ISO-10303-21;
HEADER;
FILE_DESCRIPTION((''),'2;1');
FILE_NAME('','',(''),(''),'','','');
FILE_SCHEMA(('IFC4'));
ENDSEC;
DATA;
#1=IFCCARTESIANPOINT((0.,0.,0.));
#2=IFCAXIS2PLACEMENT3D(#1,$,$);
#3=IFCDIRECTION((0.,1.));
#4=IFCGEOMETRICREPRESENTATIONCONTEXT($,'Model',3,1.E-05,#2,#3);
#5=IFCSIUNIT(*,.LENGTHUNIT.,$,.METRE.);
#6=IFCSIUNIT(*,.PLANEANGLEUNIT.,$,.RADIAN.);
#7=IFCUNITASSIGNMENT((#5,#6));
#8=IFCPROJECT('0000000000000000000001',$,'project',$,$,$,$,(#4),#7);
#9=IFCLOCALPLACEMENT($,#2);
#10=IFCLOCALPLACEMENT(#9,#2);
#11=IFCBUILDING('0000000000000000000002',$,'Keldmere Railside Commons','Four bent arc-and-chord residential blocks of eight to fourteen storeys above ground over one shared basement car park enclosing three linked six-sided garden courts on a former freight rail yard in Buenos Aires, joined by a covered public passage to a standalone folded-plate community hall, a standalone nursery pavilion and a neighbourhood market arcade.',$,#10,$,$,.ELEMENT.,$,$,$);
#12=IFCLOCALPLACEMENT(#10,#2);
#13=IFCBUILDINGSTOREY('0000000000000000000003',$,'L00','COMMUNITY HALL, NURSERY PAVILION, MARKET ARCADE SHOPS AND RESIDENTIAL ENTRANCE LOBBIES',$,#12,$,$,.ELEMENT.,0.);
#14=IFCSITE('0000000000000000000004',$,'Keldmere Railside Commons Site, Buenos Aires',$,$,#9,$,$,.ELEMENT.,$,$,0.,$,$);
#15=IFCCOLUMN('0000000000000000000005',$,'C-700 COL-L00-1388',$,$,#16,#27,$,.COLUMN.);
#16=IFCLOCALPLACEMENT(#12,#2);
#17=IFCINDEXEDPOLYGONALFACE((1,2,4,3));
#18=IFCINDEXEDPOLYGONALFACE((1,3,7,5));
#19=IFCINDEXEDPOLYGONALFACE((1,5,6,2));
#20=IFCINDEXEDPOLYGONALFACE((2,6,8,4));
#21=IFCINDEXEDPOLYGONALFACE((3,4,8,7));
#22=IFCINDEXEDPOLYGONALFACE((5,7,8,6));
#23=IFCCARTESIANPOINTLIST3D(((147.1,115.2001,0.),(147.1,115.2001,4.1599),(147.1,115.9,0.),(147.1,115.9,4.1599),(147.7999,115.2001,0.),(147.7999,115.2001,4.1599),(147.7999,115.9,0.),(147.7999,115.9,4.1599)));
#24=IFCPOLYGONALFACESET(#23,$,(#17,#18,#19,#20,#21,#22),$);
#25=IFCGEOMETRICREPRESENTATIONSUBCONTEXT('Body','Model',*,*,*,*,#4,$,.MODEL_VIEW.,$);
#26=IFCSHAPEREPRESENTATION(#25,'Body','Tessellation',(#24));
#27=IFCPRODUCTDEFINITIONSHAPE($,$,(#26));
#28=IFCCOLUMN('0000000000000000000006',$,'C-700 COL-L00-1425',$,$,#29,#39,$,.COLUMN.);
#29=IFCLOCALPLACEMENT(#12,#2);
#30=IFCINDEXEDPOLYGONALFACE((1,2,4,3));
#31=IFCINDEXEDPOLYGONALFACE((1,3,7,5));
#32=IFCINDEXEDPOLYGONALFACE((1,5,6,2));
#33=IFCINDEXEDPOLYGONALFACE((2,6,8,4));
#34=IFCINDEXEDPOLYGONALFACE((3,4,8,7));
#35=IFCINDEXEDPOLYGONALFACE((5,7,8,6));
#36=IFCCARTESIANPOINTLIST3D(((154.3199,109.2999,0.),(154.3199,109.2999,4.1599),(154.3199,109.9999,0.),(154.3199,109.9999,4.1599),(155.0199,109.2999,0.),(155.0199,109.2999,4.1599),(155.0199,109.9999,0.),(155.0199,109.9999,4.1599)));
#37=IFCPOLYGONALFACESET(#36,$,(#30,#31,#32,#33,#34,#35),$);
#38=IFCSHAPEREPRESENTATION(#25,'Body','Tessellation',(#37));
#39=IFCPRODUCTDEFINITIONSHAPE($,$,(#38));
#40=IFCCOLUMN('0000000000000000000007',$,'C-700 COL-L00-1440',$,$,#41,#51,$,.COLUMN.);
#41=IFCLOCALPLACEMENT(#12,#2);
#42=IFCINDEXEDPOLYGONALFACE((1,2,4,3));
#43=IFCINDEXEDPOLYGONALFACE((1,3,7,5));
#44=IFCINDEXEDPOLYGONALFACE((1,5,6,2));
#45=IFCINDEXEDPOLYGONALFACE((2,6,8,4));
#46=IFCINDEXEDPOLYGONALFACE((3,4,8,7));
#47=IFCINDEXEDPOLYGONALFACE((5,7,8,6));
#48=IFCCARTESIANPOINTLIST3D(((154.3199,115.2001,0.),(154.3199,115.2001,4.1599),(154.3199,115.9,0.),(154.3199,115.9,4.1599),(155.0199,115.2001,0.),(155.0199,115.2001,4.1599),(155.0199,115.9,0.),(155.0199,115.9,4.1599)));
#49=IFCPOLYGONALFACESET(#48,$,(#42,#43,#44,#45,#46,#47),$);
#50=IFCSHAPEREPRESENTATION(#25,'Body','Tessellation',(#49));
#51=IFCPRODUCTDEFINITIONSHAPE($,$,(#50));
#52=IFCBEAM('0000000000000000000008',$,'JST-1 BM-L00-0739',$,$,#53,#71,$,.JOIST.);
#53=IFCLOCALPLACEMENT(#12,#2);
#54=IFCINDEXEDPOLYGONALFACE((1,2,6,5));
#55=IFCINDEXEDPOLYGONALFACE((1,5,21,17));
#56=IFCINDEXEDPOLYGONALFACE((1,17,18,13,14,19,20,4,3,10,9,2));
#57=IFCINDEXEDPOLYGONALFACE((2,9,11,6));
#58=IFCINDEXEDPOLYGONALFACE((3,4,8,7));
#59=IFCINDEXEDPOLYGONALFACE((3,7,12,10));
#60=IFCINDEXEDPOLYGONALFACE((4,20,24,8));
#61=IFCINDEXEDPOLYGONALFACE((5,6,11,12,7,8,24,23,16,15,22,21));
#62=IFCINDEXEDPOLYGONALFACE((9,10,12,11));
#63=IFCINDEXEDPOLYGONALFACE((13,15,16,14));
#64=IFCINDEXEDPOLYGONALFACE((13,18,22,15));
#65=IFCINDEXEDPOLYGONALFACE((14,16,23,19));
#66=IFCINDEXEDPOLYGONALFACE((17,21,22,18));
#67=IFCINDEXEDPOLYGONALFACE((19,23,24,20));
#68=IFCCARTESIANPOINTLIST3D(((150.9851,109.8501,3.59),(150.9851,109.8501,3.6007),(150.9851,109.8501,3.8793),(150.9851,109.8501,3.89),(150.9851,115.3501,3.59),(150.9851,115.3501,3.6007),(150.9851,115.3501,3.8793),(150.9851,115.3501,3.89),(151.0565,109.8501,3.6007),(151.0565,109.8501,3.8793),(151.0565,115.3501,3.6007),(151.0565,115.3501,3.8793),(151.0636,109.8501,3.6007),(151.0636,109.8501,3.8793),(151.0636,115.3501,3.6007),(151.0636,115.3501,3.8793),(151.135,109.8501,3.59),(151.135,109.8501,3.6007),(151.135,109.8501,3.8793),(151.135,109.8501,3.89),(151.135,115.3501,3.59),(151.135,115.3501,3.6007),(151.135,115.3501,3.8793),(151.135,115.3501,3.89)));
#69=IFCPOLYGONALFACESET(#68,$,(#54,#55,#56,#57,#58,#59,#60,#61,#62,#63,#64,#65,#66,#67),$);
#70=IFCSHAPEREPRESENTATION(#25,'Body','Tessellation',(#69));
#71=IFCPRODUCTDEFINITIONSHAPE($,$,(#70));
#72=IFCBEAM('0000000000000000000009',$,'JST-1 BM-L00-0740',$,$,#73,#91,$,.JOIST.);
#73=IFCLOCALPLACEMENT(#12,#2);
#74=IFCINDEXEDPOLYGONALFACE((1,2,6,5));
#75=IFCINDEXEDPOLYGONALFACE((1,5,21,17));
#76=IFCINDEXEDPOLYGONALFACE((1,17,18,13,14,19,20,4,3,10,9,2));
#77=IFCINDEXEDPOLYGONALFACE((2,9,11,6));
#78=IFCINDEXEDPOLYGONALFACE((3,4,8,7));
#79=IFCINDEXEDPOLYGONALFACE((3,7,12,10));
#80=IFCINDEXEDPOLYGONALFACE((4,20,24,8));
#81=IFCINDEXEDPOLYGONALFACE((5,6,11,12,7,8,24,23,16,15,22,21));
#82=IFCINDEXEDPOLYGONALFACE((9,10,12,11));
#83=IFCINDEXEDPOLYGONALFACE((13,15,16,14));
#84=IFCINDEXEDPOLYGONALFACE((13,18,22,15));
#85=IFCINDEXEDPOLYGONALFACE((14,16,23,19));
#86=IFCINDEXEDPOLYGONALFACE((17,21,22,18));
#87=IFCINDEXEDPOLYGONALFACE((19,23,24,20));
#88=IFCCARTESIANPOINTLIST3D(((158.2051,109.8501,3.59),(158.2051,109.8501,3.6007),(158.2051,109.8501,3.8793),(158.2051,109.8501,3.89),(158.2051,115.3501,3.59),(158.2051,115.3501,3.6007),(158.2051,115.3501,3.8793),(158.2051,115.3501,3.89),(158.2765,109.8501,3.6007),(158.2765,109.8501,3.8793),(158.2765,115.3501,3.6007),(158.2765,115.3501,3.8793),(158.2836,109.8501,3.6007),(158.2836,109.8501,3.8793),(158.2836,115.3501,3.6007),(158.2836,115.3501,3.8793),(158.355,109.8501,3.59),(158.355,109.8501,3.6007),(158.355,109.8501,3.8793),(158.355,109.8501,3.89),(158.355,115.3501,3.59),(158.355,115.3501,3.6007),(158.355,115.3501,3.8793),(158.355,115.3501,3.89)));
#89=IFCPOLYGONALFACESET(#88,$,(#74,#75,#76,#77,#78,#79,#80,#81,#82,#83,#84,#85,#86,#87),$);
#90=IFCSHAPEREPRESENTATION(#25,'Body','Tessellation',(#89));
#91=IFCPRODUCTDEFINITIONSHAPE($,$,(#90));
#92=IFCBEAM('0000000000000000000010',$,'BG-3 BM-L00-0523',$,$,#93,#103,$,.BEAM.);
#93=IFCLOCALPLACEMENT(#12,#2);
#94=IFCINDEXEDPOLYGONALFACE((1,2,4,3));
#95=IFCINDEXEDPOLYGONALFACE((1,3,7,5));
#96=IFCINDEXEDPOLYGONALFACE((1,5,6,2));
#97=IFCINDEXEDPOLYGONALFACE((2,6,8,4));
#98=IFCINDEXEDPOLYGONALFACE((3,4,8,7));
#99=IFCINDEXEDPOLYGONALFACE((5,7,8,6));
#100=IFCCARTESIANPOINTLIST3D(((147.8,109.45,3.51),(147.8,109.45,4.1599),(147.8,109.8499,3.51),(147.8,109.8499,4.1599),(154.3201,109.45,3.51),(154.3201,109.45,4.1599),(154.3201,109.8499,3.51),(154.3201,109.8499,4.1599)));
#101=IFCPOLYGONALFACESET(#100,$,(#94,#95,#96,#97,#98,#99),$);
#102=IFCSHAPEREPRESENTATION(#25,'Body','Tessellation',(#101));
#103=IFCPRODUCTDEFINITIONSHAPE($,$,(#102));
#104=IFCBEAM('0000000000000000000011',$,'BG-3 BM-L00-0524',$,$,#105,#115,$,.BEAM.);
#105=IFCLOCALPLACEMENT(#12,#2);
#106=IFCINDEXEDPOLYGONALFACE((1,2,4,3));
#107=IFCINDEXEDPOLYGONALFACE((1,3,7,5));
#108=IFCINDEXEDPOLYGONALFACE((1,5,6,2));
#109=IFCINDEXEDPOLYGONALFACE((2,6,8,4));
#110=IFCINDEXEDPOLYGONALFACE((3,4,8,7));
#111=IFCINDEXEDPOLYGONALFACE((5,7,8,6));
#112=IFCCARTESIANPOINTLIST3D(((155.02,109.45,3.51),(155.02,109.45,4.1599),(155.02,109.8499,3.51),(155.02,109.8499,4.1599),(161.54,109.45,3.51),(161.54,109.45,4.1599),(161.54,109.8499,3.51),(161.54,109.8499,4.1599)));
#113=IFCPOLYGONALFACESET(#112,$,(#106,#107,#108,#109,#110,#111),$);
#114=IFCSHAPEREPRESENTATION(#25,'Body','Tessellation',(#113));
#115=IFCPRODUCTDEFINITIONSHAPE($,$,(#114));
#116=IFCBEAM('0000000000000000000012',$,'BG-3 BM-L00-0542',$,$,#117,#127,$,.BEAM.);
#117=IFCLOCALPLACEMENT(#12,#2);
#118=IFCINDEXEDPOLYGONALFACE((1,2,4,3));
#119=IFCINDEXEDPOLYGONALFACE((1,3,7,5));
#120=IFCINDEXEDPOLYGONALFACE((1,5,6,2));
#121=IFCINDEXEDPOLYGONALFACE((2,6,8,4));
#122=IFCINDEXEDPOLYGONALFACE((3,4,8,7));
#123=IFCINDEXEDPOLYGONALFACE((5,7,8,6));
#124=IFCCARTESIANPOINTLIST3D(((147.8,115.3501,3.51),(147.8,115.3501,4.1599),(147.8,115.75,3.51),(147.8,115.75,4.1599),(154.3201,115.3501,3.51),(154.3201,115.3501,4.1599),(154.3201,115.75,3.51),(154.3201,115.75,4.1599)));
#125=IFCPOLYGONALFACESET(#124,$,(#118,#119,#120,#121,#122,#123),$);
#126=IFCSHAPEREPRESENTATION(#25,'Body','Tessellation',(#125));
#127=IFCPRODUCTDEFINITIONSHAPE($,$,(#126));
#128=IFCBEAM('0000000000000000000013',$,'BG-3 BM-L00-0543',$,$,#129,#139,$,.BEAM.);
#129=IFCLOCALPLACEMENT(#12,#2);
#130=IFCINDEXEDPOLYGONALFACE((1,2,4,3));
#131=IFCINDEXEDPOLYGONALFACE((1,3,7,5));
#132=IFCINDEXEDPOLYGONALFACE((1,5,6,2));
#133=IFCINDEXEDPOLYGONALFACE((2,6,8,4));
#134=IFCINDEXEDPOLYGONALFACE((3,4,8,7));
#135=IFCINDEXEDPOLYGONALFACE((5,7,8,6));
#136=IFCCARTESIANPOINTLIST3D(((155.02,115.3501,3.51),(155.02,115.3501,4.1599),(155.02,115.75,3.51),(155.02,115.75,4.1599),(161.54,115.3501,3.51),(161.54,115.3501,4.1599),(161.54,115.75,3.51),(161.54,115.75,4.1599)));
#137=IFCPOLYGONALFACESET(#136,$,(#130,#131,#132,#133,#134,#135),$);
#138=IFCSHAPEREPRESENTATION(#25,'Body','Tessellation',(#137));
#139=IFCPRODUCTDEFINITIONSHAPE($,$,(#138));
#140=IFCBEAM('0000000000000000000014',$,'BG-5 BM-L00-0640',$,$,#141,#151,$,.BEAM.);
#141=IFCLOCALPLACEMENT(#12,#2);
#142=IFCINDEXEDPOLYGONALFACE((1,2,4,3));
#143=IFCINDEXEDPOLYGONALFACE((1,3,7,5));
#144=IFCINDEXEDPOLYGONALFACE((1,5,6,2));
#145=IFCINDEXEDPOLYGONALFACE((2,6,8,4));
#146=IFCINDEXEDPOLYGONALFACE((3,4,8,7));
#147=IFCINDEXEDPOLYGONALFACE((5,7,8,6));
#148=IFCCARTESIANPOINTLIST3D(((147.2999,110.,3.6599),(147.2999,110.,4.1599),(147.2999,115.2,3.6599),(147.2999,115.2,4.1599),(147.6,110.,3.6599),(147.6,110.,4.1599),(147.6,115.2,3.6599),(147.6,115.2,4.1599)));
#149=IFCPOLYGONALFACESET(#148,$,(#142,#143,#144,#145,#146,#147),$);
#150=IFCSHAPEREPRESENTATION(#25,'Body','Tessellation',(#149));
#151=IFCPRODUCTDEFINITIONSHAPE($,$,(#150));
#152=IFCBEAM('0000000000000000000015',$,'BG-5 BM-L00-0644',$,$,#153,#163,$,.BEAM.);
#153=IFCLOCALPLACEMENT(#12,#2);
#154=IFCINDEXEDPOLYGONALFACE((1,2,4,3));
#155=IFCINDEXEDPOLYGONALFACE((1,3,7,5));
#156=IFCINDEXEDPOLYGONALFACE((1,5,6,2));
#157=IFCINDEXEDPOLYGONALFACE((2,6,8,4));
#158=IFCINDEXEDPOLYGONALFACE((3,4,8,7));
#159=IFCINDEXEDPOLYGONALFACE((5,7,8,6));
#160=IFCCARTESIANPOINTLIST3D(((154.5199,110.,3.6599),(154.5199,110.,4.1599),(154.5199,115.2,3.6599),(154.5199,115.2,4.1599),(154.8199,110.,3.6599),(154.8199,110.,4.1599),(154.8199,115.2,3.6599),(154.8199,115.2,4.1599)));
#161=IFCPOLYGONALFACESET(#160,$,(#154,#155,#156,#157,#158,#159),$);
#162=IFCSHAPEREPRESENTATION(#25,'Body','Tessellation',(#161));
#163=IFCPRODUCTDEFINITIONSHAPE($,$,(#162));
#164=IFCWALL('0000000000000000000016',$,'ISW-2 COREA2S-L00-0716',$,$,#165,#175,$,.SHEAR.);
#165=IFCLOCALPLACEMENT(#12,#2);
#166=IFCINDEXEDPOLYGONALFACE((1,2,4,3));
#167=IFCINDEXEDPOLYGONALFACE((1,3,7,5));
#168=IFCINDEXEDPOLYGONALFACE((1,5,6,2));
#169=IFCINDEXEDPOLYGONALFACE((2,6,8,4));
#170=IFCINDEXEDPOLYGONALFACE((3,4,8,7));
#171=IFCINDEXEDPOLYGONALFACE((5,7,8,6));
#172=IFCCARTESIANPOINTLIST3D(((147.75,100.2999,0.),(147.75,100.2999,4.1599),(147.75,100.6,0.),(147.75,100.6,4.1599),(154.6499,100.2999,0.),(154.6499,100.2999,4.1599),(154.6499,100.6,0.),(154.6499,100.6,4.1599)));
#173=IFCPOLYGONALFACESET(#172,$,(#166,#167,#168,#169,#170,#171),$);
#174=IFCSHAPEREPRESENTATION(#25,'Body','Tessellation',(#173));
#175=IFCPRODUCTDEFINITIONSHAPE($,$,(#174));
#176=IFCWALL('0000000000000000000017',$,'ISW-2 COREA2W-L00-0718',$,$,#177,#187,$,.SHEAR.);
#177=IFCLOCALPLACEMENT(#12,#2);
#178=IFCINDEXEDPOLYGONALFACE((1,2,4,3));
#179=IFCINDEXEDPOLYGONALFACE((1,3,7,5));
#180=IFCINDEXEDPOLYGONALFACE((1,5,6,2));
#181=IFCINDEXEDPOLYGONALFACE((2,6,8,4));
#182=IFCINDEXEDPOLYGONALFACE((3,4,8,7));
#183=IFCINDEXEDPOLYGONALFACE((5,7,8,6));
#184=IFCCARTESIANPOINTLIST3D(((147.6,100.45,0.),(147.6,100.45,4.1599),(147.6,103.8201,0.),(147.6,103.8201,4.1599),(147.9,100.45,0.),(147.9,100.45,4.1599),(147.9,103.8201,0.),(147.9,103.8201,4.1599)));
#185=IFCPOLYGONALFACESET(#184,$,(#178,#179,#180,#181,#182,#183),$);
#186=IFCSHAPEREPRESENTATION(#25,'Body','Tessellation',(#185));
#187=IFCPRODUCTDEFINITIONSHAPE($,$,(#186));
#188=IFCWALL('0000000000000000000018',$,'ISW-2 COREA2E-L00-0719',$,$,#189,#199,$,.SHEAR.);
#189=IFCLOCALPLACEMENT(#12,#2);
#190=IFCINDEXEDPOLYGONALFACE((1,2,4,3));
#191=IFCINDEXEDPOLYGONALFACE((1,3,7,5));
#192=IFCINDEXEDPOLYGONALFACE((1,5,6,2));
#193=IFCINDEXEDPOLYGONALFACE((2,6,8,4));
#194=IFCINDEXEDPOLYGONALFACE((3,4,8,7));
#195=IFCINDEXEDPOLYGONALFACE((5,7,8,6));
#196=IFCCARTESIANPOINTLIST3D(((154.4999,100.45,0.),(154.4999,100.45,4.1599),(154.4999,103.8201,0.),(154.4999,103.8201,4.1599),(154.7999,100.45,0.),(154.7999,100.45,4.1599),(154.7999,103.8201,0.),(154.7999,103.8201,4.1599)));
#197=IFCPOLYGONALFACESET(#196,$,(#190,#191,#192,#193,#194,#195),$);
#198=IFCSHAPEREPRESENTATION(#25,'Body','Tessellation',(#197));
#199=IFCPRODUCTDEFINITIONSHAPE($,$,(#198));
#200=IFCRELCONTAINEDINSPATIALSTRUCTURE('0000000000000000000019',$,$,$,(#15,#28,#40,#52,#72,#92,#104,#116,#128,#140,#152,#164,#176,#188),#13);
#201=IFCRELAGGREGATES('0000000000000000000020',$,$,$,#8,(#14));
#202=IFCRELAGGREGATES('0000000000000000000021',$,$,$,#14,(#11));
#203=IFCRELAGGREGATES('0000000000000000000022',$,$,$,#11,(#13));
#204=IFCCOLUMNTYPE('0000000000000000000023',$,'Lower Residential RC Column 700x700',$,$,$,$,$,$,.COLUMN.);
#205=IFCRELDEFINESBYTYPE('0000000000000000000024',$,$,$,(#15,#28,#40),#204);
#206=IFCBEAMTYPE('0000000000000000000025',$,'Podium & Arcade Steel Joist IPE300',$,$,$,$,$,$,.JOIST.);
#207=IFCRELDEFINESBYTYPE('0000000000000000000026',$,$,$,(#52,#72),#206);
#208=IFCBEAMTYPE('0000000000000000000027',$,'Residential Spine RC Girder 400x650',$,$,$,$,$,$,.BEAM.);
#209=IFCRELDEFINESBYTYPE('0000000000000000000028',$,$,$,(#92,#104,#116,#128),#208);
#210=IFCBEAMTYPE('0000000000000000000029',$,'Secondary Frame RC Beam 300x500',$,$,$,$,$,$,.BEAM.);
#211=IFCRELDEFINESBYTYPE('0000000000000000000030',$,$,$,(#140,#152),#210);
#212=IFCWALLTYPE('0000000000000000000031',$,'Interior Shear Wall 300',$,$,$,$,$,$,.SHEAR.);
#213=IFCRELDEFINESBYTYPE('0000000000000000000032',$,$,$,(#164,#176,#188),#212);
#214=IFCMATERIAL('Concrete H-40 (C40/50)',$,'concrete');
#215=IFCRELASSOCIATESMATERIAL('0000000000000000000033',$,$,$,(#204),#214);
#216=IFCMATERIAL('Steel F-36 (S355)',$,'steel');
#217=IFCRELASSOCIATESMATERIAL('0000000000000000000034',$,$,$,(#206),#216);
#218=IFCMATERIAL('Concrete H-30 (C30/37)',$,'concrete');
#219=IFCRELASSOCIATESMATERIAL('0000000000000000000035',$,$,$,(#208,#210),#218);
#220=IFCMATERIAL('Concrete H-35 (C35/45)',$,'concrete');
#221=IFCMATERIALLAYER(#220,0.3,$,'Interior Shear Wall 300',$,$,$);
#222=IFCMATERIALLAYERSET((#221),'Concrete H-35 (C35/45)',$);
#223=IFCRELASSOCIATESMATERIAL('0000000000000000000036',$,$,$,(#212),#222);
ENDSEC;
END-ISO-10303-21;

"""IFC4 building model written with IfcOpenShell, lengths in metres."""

from ifc_helpers import new_model, si_unit, direction, frame, frame_2d, origin, origin_2d, place, context, subcontext, project, spatial, rectangle, i_section, extrude, material, layer, layer_set, material_profile, profile_set, type_object, element, save


model = new_model("IFC4")

# Units and contexts
model_context = context("Model", 3, precision=1e-05, world=origin(), true_north=direction((0.0, 1.0)))
body_context = subcontext(model_context, "Body", "Model", "MODEL_VIEW")
ifc_project = project(units=[si_unit("LENGTHUNIT", "METRE"), si_unit("PLANEANGLEUNIT", "RADIAN")], contexts=[model_context])

# Site, building, storey
site_placement = place(None, origin())
site = spatial("IfcSite", under=ifc_project, at=site_placement, Name="Keldmere Railside Commons Site, Buenos Aires", CompositionType="ELEMENT", RefElevation=0.0)
building_placement = place(site_placement, origin())
building = spatial("IfcBuilding", under=site, at=building_placement, Name="Keldmere Railside Commons", Description="Four bent arc-and-chord residential blocks of eight to fourteen storeys above ground over one shared basement car park enclosing three linked six-sided garden courts on a former freight rail yard in Buenos Aires, joined by a covered public passage to a standalone folded-plate community hall, a standalone nursery pavilion and a neighbourhood market arcade.", CompositionType="ELEMENT")
storey_placement = place(building_placement, origin())
storey = spatial("IfcBuildingStorey", under=building, at=storey_placement, Name="L00", Description="COMMUNITY HALL, NURSERY PAVILION, MARKET ARCADE SHOPS AND RESIDENTIAL ENTRANCE LOBBIES", CompositionType="ELEMENT", Elevation=0.0)

# Columns
ifc_material_1 = material(Name="Concrete H-40 (C40/50)", Category="concrete")
ifc_material_profile_1 = material_profile(ifc_material_1, rectangle(XDim=0.7, YDim=0.7, at=origin_2d()), Name="RC-700x700")
ifc_profile_set_1 = profile_set([ifc_material_profile_1], Name="Concrete H-40 (C40/50)")
column_type = type_object("IfcColumnType", Name="Lower Residential RC Column 700x700", PredefinedType="COLUMN", material=ifc_profile_set_1)
for number, where, z_axis, x_axis, name in (
    (1, (147.45, 115.55, 0.0), (0.0, 0.0, 1.0), (1.0, 0.0, 0.0), "C-700 COL-L00-1388"),
    (2, (154.6699, 109.6499, 0.0), (0.0, 0.0, 1.0), (1.0, 0.0, 0.0), "C-700 COL-L00-1425"),
    (3, (154.6699, 115.55, 0.0), (0.0, 0.0, 1.0), (1.0, 0.0, 0.0), "C-700 COL-L00-1440"),
):
    element("IfcColumn", number, at=place(storey_placement, frame(where, z_axis=z_axis, x_axis=x_axis)), inside=storey, type_object=column_type, Name=name, PredefinedType="COLUMN", context=body_context, shape_type="SweptSolid", body=[
        extrude(rectangle(XDim=0.7, YDim=0.7, at=origin_2d()), origin(), (0.0, 0.0, 1.0), 4.1599),
    ])

# Beams
ifc_material_2 = material(Name="Steel F-36 (S355)", Category="steel")
ifc_material_profile_2 = material_profile(ifc_material_2, i_section(OverallWidth=0.1499, OverallDepth=0.3, WebThickness=0.0071, FlangeThickness=0.0107, at=origin_2d()), Name="IPE-300")
ifc_profile_set_2 = profile_set([ifc_material_profile_2], Name="Steel F-36 (S355)")
beam_type_1 = type_object("IfcBeamType", Name="Podium & Arcade Steel Joist IPE300", PredefinedType="JOIST", material=ifc_profile_set_2)
for number, where, z_axis, x_axis, name in (
    (4, (151.0601, 109.8501, 3.74), (0.0, 1.0, 0.0), (-1.0, 0.0, 0.0), "JST-1 BM-L00-0739"),
    (5, (158.28, 109.8501, 3.74), (0.0, 1.0, 0.0), (-1.0, 0.0, 0.0), "JST-1 BM-L00-0740"),
):
    element("IfcBeam", number, at=place(storey_placement, frame(where, z_axis=z_axis, x_axis=x_axis)), inside=storey, type_object=beam_type_1, Name=name, PredefinedType="JOIST", context=body_context, shape_type="SweptSolid", body=[
        extrude(i_section(OverallWidth=0.1499, OverallDepth=0.3, WebThickness=0.0071, FlangeThickness=0.0107, at=origin_2d()), origin(), (0.0, 0.0, 1.0), 5.5),
    ])
ifc_material_3 = material(Name="Concrete H-30 (C30/37)", Category="concrete")
ifc_material_profile_3 = material_profile(ifc_material_3, rectangle(XDim=0.3999, YDim=0.6499, at=origin_2d()), Name="RC-400x650")
ifc_profile_set_3 = profile_set([ifc_material_profile_3], Name="Concrete H-30 (C30/37)")
beam_type_2 = type_object("IfcBeamType", Name="Residential Spine RC Girder 400x650", PredefinedType="BEAM", material=ifc_profile_set_3)
for number, where, z_axis, x_axis, name in (
    (6, (147.8, 109.6499, 3.835), (1.0, 0.0, 0.0), (0.0, 1.0, 0.0), "BG-3 BM-L00-0523"),
    (7, (155.02, 109.6499, 3.835), (1.0, 0.0, 0.0), (0.0, 1.0, 0.0), "BG-3 BM-L00-0524"),
    (8, (147.8, 115.55, 3.835), (1.0, 0.0, 0.0), (0.0, 1.0, 0.0), "BG-3 BM-L00-0542"),
    (9, (155.02, 115.55, 3.835), (1.0, 0.0, 0.0), (0.0, 1.0, 0.0), "BG-3 BM-L00-0543"),
):
    element("IfcBeam", number, at=place(storey_placement, frame(where, z_axis=z_axis, x_axis=x_axis)), inside=storey, type_object=beam_type_2, Name=name, PredefinedType="BEAM", context=body_context, shape_type="SweptSolid", body=[
        extrude(rectangle(XDim=0.3999, YDim=0.6499, at=origin_2d()), origin(), (0.0, 0.0, 1.0), 6.52),
    ])
ifc_material_profile_4 = material_profile(ifc_material_3, rectangle(XDim=0.3, YDim=0.5, at=origin_2d()), Name="RC-300x500")
ifc_profile_set_4 = profile_set([ifc_material_profile_4], Name="Concrete H-30 (C30/37)")
beam_type_3 = type_object("IfcBeamType", Name="Secondary Frame RC Beam 300x500", PredefinedType="BEAM", material=ifc_profile_set_4)
for number, where, z_axis, x_axis, name in (
    (10, (147.45, 110.0, 3.9099), (0.0, 1.0, 0.0), (-1.0, 0.0, 0.0), "BG-5 BM-L00-0640"),
    (11, (154.6699, 110.0, 3.9099), (0.0, 1.0, 0.0), (-1.0, 0.0, 0.0), "BG-5 BM-L00-0644"),
):
    element("IfcBeam", number, at=place(storey_placement, frame(where, z_axis=z_axis, x_axis=x_axis)), inside=storey, type_object=beam_type_3, Name=name, PredefinedType="BEAM", context=body_context, shape_type="SweptSolid", body=[
        extrude(rectangle(XDim=0.3, YDim=0.5, at=origin_2d()), origin(), (0.0, 0.0, 1.0), 5.2),
    ])

# Walls
ifc_material_4 = material(Name="Concrete H-35 (C35/45)", Category="concrete")
ifc_layer_1 = layer(ifc_material_4, 0.3, Name="Interior Shear Wall 300")
ifc_layer_set_1 = layer_set([ifc_layer_1], Name="Concrete H-35 (C35/45)")
wall_type_1 = type_object("IfcWallType", Name="Interior Shear Wall 300", PredefinedType="SHEAR", material=ifc_layer_set_1)
wall_1_placement = place(storey_placement, frame((147.75, 100.45, 0.0), z_axis=(0.0, 0.0, 1.0), x_axis=(1.0, 0.0, 0.0)))
element("IfcWall", 12, at=wall_1_placement, inside=storey, type_object=wall_type_1, Name="ISW-2 COREA2S-L00-0716", PredefinedType="SHEAR", context=body_context, shape_type="SweptSolid", body=[
    extrude(rectangle(XDim=6.8999, YDim=0.3, at=frame_2d((3.45, 0.0))), origin(), (0.0, 0.0, 1.0), 4.1599),
])
for number, where, z_axis, x_axis, name in (
    (13, (147.75, 103.8201, 0.0), (0.0, 0.0, 1.0), (0.0, -1.0, 0.0), "ISW-2 COREA2W-L00-0718"),
    (14, (154.6499, 100.45, 0.0), (0.0, 0.0, 1.0), (0.0, 1.0, 0.0), "ISW-2 COREA2E-L00-0719"),
):
    element("IfcWall", number, at=place(storey_placement, frame(where, z_axis=z_axis, x_axis=x_axis)), inside=storey, type_object=wall_type_1, Name=name, PredefinedType="SHEAR", context=body_context, shape_type="SweptSolid", body=[
        extrude(rectangle(XDim=3.3701, YDim=0.3, at=frame_2d((1.6851, 0.0))), origin(), (0.0, 0.0, 1.0), 4.1599),
    ])

save(model, "model.ifc")
